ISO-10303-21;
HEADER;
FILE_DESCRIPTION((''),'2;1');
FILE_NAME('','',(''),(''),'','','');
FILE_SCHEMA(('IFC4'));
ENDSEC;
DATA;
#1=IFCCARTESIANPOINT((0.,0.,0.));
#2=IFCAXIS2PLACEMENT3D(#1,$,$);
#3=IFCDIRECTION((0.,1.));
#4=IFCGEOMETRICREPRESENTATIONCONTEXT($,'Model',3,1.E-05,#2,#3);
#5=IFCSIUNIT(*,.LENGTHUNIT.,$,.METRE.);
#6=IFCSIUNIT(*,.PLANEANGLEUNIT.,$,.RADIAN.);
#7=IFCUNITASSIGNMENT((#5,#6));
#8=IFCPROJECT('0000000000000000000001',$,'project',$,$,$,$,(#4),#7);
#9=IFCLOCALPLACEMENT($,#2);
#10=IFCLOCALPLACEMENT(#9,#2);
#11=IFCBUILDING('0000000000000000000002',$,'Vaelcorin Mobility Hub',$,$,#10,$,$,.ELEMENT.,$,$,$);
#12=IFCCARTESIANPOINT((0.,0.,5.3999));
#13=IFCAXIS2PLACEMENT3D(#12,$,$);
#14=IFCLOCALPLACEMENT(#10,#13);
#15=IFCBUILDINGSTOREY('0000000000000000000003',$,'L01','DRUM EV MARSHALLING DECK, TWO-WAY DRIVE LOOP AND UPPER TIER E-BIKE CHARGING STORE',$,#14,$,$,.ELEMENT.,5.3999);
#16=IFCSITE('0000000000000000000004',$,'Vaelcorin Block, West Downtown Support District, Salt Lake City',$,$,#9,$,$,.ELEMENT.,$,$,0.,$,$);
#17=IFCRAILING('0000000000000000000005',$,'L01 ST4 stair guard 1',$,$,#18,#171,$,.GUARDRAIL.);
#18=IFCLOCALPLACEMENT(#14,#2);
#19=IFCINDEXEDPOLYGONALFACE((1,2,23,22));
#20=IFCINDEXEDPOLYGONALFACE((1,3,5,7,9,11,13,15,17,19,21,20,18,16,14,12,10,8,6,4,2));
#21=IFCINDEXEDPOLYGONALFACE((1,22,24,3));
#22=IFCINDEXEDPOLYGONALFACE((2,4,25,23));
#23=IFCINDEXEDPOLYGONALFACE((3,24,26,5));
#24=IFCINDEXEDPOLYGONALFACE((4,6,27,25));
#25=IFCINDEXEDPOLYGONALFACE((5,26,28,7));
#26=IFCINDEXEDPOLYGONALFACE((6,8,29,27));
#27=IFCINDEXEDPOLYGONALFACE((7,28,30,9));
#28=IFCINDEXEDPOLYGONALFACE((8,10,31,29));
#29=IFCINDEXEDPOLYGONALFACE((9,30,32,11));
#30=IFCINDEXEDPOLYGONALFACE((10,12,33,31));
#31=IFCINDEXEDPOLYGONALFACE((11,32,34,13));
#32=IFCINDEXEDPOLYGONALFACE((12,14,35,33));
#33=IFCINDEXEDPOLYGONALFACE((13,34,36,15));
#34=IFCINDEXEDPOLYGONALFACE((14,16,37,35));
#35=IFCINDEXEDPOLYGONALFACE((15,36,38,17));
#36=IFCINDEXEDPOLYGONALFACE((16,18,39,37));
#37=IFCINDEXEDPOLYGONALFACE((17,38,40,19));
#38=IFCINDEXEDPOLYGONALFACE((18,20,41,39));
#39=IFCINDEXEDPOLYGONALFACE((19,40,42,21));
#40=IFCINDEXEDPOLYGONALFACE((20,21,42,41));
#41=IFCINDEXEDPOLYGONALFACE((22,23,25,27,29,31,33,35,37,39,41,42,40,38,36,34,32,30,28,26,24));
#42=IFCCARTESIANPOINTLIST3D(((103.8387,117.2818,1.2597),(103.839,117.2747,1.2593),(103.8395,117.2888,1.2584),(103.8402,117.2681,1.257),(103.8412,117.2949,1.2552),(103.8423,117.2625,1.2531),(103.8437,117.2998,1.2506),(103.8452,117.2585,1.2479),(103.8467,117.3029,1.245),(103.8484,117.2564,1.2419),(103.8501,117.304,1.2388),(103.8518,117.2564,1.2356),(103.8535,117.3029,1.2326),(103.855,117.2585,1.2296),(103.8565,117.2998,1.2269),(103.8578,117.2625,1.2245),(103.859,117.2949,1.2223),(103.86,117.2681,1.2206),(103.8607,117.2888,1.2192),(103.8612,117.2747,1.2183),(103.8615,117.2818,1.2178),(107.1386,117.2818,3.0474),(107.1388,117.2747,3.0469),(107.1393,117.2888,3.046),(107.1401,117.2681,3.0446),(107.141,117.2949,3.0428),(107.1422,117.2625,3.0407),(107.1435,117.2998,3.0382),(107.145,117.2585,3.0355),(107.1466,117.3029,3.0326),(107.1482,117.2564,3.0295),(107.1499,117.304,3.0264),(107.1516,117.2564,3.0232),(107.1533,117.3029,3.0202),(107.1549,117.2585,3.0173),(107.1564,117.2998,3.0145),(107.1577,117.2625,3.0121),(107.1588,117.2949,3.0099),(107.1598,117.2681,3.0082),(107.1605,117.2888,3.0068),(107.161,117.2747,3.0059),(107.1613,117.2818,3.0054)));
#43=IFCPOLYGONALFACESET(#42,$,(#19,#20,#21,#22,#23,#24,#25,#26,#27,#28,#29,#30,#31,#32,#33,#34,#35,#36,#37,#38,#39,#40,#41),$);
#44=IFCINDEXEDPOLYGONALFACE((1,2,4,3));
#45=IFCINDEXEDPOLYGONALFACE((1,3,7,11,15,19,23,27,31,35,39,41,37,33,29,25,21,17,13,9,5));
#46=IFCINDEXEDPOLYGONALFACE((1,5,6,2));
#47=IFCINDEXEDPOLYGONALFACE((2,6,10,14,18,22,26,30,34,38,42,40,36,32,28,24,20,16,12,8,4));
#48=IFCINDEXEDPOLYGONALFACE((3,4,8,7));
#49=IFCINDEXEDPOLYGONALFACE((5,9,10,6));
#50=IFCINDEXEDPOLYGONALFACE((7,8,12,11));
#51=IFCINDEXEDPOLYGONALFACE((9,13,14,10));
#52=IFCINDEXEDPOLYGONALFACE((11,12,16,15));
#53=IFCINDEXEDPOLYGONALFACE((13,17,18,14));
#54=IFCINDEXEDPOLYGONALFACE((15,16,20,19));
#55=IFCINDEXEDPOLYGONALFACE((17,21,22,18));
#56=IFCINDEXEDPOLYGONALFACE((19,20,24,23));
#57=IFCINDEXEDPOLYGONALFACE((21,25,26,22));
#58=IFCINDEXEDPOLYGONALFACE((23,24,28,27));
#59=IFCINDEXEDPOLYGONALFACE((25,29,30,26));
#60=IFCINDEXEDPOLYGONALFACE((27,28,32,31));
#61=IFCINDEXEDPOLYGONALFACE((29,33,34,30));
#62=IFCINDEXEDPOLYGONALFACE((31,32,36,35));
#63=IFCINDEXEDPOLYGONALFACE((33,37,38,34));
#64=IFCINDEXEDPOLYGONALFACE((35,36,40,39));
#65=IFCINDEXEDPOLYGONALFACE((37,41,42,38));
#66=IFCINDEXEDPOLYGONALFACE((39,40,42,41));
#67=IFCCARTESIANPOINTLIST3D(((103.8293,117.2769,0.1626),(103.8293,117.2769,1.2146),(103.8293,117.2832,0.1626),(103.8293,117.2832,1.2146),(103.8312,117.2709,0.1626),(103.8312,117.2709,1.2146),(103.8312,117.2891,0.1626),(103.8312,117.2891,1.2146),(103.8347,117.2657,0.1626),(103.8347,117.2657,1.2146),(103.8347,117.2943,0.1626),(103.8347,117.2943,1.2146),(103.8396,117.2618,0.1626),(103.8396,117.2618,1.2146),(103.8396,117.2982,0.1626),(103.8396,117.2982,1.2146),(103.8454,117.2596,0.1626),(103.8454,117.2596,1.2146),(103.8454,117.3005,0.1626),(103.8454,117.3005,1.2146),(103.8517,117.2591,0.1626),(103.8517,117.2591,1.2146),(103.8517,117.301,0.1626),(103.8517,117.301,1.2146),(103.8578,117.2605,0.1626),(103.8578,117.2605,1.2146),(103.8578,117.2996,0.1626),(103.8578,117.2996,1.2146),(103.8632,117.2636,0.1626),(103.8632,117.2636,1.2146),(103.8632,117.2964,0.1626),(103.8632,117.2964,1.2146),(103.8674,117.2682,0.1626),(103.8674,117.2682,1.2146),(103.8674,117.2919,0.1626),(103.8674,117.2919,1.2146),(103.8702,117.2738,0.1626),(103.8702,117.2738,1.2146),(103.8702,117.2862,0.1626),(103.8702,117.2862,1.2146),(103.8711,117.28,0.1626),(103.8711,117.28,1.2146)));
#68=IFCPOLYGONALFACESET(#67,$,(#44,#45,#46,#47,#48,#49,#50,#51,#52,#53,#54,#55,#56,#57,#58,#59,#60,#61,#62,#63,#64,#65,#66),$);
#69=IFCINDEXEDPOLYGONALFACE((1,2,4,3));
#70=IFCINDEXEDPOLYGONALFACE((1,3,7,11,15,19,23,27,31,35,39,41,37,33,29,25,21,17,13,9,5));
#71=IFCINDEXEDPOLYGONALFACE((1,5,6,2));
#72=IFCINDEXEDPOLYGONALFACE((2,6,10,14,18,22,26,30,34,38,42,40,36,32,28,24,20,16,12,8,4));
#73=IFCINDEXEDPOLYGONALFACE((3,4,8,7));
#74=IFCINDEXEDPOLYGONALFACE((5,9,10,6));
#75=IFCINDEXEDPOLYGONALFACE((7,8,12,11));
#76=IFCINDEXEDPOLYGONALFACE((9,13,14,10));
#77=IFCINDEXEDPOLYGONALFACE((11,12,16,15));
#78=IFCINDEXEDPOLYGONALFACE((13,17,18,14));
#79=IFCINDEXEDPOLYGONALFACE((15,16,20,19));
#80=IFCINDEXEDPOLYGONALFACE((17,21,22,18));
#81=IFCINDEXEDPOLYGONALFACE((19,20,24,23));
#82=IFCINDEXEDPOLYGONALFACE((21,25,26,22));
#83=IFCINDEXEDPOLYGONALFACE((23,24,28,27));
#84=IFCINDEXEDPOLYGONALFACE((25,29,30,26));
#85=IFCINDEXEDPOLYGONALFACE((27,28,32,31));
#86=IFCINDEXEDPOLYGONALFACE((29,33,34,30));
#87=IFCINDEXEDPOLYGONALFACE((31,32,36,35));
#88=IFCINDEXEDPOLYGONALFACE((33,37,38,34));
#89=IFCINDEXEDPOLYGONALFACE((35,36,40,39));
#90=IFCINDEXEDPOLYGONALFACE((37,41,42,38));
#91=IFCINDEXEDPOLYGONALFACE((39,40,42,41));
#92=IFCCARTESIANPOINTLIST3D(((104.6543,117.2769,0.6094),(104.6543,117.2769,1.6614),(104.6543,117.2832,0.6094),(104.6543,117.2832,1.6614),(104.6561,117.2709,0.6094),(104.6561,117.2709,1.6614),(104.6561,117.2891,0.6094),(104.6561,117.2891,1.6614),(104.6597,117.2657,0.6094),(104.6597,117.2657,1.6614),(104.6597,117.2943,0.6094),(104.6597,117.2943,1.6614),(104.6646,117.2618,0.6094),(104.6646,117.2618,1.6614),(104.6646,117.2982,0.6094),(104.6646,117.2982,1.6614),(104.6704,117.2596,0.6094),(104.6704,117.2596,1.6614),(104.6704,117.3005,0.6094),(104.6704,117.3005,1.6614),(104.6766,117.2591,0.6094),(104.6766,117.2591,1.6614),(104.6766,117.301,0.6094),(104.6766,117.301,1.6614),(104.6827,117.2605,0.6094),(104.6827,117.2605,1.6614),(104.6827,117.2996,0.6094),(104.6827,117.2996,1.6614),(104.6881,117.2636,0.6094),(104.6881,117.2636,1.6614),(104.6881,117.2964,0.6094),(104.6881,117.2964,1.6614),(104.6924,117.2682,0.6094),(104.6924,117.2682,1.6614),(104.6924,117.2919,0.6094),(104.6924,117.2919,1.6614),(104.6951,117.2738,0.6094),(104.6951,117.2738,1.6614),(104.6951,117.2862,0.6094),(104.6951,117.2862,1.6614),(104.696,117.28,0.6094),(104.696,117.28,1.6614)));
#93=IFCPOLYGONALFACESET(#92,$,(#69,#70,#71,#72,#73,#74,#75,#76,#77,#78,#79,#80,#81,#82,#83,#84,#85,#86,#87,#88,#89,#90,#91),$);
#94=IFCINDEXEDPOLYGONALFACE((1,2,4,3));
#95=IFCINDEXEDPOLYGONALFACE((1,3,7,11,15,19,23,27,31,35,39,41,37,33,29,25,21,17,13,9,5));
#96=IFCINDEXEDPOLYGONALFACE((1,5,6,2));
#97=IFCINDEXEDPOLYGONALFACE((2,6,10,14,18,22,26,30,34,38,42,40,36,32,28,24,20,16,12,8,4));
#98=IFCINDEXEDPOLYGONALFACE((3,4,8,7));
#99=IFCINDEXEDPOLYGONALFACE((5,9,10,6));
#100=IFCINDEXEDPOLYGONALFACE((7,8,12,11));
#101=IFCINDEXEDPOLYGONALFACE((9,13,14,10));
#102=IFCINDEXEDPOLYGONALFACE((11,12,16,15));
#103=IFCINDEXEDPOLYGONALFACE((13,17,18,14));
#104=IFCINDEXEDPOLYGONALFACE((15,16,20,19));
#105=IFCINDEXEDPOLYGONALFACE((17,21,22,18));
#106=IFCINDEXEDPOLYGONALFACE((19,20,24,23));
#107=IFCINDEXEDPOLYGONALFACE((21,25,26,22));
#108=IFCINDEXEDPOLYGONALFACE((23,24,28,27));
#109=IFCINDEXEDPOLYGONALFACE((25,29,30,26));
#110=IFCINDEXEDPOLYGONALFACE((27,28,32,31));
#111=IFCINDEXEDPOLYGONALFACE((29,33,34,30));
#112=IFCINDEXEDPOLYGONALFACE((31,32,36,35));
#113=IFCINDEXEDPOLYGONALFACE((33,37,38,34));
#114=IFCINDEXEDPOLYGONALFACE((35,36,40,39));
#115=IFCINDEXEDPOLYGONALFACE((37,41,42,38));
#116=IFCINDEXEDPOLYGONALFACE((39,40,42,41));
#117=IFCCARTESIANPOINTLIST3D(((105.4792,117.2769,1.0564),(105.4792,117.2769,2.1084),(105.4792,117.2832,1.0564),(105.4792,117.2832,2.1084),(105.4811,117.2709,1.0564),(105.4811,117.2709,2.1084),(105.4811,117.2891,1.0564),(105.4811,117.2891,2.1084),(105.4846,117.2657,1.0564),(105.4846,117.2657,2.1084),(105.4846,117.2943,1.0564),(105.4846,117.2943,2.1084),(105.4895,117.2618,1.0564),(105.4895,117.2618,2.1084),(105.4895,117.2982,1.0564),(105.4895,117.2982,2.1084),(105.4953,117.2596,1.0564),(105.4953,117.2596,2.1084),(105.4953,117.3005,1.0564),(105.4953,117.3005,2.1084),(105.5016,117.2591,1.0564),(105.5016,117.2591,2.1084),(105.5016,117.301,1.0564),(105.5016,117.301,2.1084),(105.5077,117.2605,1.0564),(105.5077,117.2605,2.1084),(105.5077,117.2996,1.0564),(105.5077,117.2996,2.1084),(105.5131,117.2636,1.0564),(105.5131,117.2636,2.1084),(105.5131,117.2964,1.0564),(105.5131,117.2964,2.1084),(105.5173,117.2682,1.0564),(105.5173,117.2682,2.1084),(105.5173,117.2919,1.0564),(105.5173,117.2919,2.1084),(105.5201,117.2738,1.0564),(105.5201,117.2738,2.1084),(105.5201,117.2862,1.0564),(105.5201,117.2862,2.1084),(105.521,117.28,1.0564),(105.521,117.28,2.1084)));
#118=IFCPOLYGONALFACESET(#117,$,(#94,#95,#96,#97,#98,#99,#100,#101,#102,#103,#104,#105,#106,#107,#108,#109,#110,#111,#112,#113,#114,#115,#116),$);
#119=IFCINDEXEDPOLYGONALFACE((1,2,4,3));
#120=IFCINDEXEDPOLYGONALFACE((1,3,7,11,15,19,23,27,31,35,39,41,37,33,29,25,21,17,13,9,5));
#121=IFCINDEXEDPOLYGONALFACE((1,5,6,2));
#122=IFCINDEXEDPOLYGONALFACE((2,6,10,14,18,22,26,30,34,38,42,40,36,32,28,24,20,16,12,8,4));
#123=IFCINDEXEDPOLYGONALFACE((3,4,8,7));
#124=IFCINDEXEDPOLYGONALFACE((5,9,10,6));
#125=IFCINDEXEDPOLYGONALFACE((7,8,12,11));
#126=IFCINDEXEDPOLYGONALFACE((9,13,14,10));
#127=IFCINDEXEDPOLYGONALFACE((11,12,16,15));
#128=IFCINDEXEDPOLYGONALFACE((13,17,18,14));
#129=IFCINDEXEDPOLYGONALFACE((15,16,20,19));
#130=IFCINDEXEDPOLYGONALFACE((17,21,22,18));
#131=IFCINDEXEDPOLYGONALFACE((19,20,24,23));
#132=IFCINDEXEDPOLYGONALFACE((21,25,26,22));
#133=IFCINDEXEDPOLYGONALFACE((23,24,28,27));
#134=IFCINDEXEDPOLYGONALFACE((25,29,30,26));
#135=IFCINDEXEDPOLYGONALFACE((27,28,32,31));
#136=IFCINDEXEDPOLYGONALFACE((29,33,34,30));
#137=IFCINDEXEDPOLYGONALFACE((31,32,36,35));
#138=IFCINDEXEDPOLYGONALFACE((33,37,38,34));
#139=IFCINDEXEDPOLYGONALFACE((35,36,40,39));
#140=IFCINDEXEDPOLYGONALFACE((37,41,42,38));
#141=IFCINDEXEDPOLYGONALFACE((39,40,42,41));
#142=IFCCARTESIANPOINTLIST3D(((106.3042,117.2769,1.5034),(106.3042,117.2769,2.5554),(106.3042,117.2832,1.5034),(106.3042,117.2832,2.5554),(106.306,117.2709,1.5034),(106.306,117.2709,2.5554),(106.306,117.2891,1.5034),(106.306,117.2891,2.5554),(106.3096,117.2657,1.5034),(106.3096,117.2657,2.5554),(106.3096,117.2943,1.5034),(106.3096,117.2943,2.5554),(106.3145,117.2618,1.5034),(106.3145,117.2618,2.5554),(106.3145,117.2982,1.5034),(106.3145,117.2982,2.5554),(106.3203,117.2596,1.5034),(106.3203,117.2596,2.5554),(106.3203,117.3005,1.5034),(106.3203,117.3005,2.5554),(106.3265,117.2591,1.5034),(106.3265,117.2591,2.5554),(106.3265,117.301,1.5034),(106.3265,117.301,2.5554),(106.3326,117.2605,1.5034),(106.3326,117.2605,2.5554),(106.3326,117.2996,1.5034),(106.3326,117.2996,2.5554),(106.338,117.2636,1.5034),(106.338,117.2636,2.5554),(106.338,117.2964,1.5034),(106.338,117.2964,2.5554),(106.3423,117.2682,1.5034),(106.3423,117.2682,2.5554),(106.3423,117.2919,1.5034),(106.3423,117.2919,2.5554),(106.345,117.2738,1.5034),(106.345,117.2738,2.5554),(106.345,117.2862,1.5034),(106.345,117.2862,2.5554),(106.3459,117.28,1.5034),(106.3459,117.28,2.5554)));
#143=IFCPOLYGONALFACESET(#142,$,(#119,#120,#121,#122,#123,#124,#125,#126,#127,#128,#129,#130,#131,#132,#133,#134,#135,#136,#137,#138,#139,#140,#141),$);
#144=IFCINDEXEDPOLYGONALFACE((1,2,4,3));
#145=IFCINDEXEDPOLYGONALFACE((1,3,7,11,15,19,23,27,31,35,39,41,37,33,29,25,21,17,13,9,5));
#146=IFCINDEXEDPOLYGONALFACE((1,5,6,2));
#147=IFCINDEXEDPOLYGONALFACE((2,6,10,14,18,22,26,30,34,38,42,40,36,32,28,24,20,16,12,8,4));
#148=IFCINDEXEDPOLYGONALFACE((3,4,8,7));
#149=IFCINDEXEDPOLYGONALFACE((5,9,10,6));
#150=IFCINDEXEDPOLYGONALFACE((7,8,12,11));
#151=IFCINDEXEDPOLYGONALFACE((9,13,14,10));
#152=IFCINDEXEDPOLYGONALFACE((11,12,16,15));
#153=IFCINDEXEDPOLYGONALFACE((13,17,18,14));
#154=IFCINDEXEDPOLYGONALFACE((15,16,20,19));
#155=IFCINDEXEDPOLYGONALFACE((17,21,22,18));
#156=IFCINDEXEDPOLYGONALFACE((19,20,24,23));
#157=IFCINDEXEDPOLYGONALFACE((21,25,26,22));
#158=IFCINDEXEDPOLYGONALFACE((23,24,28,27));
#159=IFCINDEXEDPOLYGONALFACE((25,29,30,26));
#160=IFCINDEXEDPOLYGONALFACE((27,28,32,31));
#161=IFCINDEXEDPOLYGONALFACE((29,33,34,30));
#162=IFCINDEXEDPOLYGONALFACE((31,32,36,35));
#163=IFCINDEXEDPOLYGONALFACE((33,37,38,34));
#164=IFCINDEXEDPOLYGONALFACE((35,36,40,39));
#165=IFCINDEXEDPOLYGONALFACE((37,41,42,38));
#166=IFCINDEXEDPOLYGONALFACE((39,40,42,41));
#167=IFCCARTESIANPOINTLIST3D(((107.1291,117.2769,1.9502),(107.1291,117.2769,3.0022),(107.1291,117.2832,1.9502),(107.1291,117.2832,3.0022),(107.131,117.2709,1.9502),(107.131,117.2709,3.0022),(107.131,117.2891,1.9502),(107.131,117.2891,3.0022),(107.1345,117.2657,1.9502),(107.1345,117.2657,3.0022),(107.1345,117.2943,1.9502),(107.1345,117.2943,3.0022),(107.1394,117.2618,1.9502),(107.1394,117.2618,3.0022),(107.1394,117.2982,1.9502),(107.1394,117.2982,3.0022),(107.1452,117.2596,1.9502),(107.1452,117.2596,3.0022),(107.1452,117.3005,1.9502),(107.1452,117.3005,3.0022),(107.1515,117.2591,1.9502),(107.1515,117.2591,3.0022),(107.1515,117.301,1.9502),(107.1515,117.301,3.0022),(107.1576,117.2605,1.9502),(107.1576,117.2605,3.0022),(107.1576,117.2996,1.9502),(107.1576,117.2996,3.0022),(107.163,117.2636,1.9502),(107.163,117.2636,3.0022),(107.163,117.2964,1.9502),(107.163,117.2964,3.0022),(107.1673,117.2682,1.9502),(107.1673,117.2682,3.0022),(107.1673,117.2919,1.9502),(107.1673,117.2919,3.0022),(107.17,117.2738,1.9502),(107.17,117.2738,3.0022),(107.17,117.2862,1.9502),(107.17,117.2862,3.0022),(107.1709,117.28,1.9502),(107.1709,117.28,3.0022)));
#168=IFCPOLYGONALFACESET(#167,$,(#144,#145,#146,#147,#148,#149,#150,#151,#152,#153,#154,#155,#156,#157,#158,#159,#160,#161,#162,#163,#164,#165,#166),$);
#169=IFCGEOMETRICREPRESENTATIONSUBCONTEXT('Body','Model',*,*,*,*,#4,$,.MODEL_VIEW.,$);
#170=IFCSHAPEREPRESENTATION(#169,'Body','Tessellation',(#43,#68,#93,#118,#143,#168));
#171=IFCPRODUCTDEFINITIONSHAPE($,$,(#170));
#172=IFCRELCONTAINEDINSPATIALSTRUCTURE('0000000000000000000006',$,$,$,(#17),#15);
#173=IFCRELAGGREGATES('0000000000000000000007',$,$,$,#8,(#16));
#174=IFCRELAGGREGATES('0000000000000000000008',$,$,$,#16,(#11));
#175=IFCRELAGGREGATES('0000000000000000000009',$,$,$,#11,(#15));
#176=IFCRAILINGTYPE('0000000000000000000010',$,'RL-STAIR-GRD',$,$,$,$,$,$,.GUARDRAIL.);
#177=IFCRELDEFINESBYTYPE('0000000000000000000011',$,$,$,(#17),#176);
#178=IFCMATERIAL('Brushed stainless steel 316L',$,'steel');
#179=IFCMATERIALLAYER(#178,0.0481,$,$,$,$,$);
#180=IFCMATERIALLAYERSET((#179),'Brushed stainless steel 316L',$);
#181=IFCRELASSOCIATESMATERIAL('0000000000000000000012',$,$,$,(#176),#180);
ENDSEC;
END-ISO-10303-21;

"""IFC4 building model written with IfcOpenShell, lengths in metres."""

from ifc_helpers import new_model, si_unit, direction, frame, origin, origin_2d, place, context, subcontext, project, spatial, circle, extrude, material, layer, layer_set, type_object, element, save


model = new_model("IFC4")

# Units and contexts
model_context = context("Model", 3, precision=1e-05, world=origin(), true_north=direction((0.0, 1.0)))
body_context = subcontext(model_context, "Body", "Model", "MODEL_VIEW")
ifc_project = project(units=[si_unit("LENGTHUNIT", "METRE"), si_unit("PLANEANGLEUNIT", "RADIAN")], contexts=[model_context])

# Site, building, storey
site_placement = place(None, origin())
site = spatial("IfcSite", under=ifc_project, at=site_placement, Name="Vaelcorin Block, West Downtown Support District, Salt Lake City", CompositionType="ELEMENT", RefElevation=0.0)
building_placement = place(site_placement, origin())
building = spatial("IfcBuilding", under=site, at=building_placement, Name="Vaelcorin Mobility Hub", CompositionType="ELEMENT")
storey_placement = place(building_placement, frame((0.0, 0.0, 5.3999)))
storey = spatial("IfcBuildingStorey", under=building, at=storey_placement, Name="L01", Description="DRUM EV MARSHALLING DECK, TWO-WAY DRIVE LOOP AND UPPER TIER E-BIKE CHARGING STORE", CompositionType="ELEMENT", Elevation=5.3999)

# Railing
ifc_material_1 = material(Name="Brushed stainless steel 316L", Category="steel")
ifc_layer_1 = layer(ifc_material_1, 0.0481)
ifc_layer_set_1 = layer_set([ifc_layer_1], Name="Brushed stainless steel 316L")
railing_type_1 = type_object("IfcRailingType", Name="RL-STAIR-GRD", PredefinedType="GUARDRAIL", material=ifc_layer_set_1)
railing_1_placement = place(storey_placement, frame((103.8501, 117.28, 0.1626)))
element("IfcRailing", 1, at=railing_1_placement, inside=storey, type_object=railing_type_1, Name="L01 ST4 stair guard 1", PredefinedType="GUARDRAIL", context=body_context, shape_type="SweptSolid", body=[
    extrude(circle(Radius=0.0239, at=origin_2d()), frame((0.0, 0.0, 1.0762), z_axis=(0.879269, 0.0, 0.476325), x_axis=(0.0, 1.0, 0.0)), (0.0, 0.0, 1.0), 3.7529),
    extrude(circle(Radius=0.021, at=origin_2d()), origin(), (0.0, 0.0, 1.0), 1.052),
    extrude(circle(Radius=0.021, at=origin_2d()), frame((0.825, 0.0, 0.4468)), (0.0, 0.0, 1.0), 1.052),
    extrude(circle(Radius=0.021, at=origin_2d()), frame((1.6499, 0.0, 0.8938)), (0.0, 0.0, 1.0), 1.052),
    extrude(circle(Radius=0.021, at=origin_2d()), frame((2.4749, 0.0, 1.3408)), (0.0, 0.0, 1.0), 1.052),
    extrude(circle(Radius=0.021, at=origin_2d()), frame((3.2998, 0.0, 1.7876)), (0.0, 0.0, 1.0), 1.052),
])

save(model, "model.ifc")
